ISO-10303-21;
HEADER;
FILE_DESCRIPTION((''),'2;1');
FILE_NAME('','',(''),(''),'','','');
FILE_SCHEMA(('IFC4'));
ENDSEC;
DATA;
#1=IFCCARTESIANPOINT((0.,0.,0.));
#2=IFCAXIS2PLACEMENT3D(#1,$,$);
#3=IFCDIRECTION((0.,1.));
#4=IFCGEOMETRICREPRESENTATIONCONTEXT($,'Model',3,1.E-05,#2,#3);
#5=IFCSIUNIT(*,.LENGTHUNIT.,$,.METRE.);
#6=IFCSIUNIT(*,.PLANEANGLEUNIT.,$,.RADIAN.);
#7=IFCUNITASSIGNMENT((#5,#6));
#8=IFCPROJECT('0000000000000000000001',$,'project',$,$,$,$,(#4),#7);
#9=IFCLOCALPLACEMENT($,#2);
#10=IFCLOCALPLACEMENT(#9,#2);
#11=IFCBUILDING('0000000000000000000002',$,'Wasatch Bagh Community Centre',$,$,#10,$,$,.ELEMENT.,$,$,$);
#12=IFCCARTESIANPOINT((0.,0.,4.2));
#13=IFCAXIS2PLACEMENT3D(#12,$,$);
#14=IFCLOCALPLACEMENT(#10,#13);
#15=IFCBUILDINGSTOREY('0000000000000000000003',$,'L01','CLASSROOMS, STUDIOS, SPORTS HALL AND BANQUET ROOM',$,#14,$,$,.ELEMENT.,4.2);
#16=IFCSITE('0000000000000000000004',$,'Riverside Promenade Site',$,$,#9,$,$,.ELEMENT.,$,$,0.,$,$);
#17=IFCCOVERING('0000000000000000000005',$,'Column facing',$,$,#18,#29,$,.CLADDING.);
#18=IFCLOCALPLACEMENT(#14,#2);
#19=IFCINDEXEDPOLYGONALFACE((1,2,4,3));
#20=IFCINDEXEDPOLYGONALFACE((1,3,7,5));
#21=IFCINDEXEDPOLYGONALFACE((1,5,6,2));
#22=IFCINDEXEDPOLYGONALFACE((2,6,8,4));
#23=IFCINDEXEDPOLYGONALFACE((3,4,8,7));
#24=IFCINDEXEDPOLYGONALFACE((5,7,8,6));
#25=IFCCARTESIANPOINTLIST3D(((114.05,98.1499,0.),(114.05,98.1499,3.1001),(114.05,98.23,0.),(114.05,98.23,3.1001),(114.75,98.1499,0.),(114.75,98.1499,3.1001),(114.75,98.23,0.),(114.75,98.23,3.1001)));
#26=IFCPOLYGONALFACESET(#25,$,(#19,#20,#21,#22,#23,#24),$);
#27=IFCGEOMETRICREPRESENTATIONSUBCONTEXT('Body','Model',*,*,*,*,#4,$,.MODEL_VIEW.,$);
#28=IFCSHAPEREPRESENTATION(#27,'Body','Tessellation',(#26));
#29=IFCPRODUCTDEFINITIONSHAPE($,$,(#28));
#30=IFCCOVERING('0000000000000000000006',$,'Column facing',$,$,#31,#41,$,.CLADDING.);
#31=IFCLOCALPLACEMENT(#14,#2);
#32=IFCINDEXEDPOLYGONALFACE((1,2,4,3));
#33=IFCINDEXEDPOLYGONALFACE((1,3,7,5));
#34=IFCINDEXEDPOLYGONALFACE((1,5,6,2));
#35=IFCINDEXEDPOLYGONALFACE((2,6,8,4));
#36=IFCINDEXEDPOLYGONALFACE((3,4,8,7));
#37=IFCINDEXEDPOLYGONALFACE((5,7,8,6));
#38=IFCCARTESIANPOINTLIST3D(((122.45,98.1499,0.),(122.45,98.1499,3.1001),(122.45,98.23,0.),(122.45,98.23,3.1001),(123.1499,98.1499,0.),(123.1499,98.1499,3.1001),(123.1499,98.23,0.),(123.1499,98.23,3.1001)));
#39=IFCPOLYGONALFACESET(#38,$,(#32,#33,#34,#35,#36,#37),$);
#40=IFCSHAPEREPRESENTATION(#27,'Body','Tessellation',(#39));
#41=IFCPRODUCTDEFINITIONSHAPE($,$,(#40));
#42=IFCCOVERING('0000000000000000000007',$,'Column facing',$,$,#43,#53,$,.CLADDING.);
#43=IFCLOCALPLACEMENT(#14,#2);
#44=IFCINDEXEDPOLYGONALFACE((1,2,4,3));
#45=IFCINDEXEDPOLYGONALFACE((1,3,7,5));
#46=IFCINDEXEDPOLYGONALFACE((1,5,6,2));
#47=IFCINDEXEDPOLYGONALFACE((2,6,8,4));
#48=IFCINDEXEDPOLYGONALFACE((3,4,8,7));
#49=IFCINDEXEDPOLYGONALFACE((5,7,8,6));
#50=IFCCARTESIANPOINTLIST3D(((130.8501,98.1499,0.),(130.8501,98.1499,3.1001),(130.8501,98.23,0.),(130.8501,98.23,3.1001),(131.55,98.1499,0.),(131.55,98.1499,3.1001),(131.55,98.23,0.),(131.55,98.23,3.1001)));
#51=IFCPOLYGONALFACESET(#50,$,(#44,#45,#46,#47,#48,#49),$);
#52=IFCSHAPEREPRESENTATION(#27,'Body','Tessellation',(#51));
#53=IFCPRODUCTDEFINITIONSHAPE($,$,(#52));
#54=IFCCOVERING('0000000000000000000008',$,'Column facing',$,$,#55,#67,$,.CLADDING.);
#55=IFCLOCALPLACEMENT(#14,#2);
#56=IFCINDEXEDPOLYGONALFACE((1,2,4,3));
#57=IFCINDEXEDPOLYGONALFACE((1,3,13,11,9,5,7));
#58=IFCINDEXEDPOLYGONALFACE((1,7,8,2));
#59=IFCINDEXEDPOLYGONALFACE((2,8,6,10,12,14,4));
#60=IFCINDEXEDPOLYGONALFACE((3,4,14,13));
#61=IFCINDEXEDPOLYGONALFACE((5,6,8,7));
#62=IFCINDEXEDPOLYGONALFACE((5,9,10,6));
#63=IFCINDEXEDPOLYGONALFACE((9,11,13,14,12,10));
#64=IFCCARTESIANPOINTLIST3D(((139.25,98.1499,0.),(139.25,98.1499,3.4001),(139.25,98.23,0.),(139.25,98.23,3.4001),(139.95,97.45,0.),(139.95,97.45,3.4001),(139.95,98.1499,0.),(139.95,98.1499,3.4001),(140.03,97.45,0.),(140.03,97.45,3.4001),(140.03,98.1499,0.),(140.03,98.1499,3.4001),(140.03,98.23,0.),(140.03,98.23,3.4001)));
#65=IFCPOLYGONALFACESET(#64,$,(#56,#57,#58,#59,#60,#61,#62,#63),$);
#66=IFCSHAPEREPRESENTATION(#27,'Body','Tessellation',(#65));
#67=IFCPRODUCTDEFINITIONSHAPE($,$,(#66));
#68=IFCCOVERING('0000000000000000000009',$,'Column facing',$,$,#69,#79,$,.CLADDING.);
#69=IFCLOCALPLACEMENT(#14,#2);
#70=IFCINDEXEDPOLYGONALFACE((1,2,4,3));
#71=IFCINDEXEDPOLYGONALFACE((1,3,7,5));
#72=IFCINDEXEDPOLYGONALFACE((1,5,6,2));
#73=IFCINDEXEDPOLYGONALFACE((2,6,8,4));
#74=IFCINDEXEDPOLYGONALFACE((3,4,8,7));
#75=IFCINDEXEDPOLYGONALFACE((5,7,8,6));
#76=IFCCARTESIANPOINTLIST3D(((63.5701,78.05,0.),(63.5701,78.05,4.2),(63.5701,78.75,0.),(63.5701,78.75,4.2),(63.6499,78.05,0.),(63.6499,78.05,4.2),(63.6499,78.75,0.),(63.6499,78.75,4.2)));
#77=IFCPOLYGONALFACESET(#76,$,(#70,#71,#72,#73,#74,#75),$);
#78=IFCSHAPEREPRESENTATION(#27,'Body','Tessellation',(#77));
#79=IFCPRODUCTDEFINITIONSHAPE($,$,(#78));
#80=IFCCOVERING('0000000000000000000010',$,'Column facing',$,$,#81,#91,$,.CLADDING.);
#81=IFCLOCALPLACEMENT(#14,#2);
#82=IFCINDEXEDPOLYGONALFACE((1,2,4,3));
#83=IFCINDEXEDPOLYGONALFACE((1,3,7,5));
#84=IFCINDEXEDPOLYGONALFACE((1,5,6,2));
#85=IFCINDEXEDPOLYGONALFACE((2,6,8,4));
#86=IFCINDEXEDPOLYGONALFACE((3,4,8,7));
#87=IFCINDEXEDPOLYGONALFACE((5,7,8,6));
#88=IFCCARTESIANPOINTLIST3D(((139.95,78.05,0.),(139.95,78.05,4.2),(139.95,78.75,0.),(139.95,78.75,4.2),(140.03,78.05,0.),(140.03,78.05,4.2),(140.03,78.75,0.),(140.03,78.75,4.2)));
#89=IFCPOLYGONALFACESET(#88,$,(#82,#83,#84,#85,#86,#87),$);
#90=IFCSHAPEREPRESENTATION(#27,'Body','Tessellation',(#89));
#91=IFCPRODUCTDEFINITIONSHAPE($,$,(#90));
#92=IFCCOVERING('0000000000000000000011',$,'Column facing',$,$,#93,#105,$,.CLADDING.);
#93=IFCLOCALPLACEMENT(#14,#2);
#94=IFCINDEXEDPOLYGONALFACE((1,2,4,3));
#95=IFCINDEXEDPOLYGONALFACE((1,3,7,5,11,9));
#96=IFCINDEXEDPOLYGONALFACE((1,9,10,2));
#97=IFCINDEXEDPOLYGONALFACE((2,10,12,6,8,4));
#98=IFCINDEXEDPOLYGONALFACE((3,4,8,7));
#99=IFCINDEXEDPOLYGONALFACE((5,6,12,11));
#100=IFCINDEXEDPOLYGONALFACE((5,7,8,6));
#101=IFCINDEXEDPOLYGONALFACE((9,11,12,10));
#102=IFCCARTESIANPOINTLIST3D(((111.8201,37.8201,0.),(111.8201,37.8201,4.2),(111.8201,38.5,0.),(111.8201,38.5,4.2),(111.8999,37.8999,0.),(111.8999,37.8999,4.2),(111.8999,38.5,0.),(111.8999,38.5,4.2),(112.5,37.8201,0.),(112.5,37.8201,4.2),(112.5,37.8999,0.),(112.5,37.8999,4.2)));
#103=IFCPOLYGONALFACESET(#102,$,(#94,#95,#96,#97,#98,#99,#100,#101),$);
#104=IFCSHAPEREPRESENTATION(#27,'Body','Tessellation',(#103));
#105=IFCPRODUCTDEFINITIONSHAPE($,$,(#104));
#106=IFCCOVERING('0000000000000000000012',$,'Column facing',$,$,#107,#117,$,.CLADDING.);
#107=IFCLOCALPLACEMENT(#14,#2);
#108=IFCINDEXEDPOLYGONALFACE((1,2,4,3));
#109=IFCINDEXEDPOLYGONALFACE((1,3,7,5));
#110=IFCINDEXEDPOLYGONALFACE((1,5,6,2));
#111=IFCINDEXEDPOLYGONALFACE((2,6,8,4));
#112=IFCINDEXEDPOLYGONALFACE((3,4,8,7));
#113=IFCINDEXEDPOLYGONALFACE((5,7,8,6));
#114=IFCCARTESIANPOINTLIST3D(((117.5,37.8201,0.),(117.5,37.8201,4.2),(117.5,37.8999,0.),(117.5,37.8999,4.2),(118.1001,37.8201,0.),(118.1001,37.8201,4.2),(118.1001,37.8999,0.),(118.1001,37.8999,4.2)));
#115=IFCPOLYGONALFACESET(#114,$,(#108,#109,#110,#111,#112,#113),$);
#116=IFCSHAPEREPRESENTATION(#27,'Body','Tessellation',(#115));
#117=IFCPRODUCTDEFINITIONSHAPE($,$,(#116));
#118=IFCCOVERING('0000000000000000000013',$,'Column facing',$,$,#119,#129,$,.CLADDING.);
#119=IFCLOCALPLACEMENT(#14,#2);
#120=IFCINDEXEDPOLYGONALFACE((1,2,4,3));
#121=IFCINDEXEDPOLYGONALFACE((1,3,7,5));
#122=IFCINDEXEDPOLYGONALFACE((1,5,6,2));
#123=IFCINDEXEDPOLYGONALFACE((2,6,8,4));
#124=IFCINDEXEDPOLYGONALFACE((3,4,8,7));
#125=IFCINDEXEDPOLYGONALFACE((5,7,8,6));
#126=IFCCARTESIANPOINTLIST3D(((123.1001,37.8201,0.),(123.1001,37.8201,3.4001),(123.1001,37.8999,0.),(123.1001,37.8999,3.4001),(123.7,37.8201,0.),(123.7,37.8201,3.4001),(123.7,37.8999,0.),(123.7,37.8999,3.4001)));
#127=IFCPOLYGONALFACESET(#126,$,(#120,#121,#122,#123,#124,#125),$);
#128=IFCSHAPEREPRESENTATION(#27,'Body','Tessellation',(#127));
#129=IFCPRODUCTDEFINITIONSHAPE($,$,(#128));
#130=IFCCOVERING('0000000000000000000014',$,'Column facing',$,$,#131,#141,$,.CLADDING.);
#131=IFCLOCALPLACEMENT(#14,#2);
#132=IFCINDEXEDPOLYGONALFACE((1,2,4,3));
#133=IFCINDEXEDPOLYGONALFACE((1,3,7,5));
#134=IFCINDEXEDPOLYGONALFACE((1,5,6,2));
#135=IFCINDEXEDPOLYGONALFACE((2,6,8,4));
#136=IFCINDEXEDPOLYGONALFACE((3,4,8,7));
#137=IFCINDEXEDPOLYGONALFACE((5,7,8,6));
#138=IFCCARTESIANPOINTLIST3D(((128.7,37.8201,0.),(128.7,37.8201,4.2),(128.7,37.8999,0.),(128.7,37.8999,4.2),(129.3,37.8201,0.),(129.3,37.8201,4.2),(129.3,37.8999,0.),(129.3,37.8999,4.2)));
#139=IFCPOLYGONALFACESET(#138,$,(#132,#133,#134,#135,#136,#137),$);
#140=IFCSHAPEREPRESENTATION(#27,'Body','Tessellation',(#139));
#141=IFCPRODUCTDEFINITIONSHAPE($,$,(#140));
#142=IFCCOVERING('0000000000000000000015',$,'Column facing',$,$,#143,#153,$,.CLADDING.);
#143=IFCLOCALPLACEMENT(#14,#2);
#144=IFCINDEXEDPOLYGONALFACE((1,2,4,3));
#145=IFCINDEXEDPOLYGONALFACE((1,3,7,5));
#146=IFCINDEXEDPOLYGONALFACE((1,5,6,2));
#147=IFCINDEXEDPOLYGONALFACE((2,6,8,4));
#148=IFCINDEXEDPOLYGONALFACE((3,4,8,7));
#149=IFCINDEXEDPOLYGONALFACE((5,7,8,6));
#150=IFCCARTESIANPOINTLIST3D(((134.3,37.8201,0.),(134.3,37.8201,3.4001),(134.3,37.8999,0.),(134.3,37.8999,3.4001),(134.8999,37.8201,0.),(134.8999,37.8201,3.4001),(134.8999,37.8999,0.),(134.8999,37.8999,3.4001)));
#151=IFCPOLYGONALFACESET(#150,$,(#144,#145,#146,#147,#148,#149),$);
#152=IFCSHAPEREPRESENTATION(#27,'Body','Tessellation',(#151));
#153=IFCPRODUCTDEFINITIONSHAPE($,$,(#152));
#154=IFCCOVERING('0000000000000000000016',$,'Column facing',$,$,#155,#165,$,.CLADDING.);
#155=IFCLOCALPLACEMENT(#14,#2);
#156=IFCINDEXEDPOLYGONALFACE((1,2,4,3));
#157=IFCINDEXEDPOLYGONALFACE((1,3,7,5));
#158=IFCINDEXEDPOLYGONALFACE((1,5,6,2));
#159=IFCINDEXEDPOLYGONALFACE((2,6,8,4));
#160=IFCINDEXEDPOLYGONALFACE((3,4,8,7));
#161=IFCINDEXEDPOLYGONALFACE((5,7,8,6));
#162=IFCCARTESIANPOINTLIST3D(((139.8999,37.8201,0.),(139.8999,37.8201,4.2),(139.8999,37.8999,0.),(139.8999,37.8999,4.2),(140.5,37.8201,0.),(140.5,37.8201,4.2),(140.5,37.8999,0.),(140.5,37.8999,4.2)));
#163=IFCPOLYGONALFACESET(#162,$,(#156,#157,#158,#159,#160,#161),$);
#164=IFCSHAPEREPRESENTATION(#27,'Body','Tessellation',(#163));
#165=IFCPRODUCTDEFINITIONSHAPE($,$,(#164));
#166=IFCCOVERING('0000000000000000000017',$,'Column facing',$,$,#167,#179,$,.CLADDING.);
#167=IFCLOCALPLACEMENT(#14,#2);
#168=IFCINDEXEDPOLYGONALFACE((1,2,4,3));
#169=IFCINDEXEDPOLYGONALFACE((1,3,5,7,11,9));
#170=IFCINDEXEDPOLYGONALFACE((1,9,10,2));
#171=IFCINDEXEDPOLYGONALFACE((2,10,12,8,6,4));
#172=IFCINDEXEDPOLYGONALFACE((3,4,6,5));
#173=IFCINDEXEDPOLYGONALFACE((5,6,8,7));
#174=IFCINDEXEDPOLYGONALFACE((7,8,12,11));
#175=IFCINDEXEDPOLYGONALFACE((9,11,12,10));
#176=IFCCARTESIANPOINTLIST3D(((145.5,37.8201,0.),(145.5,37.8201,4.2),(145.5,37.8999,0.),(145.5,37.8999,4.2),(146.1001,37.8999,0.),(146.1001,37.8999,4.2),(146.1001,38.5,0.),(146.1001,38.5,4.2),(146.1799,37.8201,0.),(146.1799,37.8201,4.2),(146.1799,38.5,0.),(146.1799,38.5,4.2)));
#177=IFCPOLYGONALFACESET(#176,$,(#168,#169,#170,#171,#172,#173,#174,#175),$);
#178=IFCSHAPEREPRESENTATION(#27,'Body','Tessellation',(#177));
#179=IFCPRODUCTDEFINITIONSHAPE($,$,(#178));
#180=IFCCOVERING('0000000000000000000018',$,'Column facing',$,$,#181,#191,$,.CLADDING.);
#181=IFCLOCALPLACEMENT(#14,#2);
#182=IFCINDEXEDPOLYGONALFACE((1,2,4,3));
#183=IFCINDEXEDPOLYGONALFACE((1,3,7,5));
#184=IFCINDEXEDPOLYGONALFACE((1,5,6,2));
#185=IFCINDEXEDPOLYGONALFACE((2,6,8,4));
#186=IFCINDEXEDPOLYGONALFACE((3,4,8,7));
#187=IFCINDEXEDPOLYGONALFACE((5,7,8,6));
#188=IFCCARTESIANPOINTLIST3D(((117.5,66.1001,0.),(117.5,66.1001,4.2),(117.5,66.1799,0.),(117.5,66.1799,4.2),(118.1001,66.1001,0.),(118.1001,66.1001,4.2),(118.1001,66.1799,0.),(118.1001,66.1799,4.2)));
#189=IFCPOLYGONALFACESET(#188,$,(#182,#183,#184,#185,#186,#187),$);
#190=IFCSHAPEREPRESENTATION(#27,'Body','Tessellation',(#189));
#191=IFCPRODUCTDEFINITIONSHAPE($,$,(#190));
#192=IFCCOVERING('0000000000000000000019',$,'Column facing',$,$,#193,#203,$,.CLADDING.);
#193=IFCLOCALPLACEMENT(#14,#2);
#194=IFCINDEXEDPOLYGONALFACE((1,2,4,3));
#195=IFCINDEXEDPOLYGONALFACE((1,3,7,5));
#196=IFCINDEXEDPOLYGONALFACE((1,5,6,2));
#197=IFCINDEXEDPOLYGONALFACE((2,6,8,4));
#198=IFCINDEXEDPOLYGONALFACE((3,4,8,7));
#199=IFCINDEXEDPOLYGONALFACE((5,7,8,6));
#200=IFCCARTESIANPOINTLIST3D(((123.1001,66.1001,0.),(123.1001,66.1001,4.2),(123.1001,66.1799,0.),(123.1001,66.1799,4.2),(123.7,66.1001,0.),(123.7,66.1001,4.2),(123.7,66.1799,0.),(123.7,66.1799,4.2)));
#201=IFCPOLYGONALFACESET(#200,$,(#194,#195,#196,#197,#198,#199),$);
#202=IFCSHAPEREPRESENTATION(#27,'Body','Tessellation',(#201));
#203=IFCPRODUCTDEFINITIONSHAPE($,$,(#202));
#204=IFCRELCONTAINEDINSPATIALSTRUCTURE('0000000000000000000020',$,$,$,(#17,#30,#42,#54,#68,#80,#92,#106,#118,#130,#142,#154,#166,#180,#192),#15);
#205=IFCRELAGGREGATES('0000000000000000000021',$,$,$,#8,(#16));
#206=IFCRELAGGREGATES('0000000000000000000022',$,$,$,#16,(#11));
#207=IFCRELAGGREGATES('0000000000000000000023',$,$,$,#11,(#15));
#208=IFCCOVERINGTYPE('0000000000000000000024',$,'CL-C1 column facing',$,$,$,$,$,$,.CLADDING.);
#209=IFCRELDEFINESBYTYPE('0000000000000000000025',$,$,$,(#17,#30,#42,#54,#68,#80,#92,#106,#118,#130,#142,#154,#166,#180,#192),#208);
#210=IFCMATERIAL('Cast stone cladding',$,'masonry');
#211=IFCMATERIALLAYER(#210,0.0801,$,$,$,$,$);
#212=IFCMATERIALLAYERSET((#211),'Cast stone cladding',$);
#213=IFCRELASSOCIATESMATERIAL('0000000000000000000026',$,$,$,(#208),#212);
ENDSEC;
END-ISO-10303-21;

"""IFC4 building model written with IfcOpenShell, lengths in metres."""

from ifc_helpers import new_model, si_unit, direction, frame, origin, place, context, subcontext, project, spatial, polyline, outline, extrude, material, layer, layer_set, type_object, element, save


model = new_model("IFC4")

# Units and contexts
model_context = context("Model", 3, precision=1e-05, world=origin(), true_north=direction((0.0, 1.0)))
body_context = subcontext(model_context, "Body", "Model", "MODEL_VIEW")
ifc_project = project(units=[si_unit("LENGTHUNIT", "METRE"), si_unit("PLANEANGLEUNIT", "RADIAN")], contexts=[model_context])

# Site, building, storey
site_placement = place(None, origin())
site = spatial("IfcSite", under=ifc_project, at=site_placement, Name="Riverside Promenade Site", CompositionType="ELEMENT", RefElevation=0.0)
building_placement = place(site_placement, origin())
building = spatial("IfcBuilding", under=site, at=building_placement, Name="Wasatch Bagh Community Centre", CompositionType="ELEMENT")
storey_placement = place(building_placement, frame((0.0, 0.0, 4.2)))
storey = spatial("IfcBuildingStorey", under=building, at=storey_placement, Name="L01", Description="CLASSROOMS, STUDIOS, SPORTS HALL AND BANQUET ROOM", CompositionType="ELEMENT", Elevation=4.2)

# Coverings
ifc_material = material(Name="Cast stone cladding", Category="masonry")
ifc_layer = layer(ifc_material, 0.0801)
ifc_layer_set = layer_set([ifc_layer], Name="Cast stone cladding")
covering_type = type_object("IfcCoveringType", Name="CL-C1 column facing", PredefinedType="CLADDING", material=ifc_layer_set)
covering_1_placement = place(storey_placement, origin())
element("IfcCovering", 1, at=covering_1_placement, inside=storey, type_object=covering_type, Name="Column facing", PredefinedType="CLADDING", context=body_context, shape_type="SweptSolid", body=[
    extrude(outline(polyline([(114.75, 98.1499), (114.05, 98.1499), (114.05, 98.23), (114.75, 98.23), (114.75, 98.1499)])), origin(), (0.0, 0.0, 1.0), 3.1001),
])
covering_2_placement = place(storey_placement, origin())
element("IfcCovering", 2, at=covering_2_placement, inside=storey, type_object=covering_type, Name="Column facing", PredefinedType="CLADDING", context=body_context, shape_type="SweptSolid", body=[
    extrude(outline(polyline([(123.1499, 98.1499), (122.45, 98.1499), (122.45, 98.23), (123.1499, 98.23), (123.1499, 98.1499)])), origin(), (0.0, 0.0, 1.0), 3.1001),
])
covering_3_placement = place(storey_placement, origin())
element("IfcCovering", 3, at=covering_3_placement, inside=storey, type_object=covering_type, Name="Column facing", PredefinedType="CLADDING", context=body_context, shape_type="SweptSolid", body=[
    extrude(outline(polyline([(131.55, 98.1499), (130.8501, 98.1499), (130.8501, 98.23), (131.55, 98.23), (131.55, 98.1499)])), origin(), (0.0, 0.0, 1.0), 3.1001),
])
covering_4_placement = place(storey_placement, origin())
element("IfcCovering", 4, at=covering_4_placement, inside=storey, type_object=covering_type, Name="Column facing", PredefinedType="CLADDING", context=body_context, shape_type="SweptSolid", body=[
    extrude(outline(polyline([(139.95, 98.1499), (139.25, 98.1499), (139.25, 98.23), (140.03, 98.23), (140.03, 98.1499), (140.03, 97.45), (139.95, 97.45), (139.95, 98.1499)])), origin(), (0.0, 0.0, 1.0), 3.4001),
])
covering_5_placement = place(storey_placement, origin())
element("IfcCovering", 5, at=covering_5_placement, inside=storey, type_object=covering_type, Name="Column facing", PredefinedType="CLADDING", context=body_context, shape_type="SweptSolid", body=[
    extrude(outline(polyline([(63.6499, 78.75), (63.6499, 78.05), (63.5701, 78.05), (63.5701, 78.75), (63.6499, 78.75)])), origin(), (0.0, 0.0, 1.0), 4.2),
])
covering_6_placement = place(storey_placement, origin())
element("IfcCovering", 6, at=covering_6_placement, inside=storey, type_object=covering_type, Name="Column facing", PredefinedType="CLADDING", context=body_context, shape_type="SweptSolid", body=[
    extrude(outline(polyline([(139.95, 78.05), (139.95, 78.75), (140.03, 78.75), (140.03, 78.05), (139.95, 78.05)])), origin(), (0.0, 0.0, 1.0), 4.2),
])
covering_7_placement = place(storey_placement, origin())
element("IfcCovering", 7, at=covering_7_placement, inside=storey, type_object=covering_type, Name="Column facing", PredefinedType="CLADDING", context=body_context, shape_type="SweptSolid", body=[
    extrude(outline(polyline([(111.8201, 37.8201), (111.8201, 38.5), (111.8999, 38.5), (111.8999, 37.8999), (112.5, 37.8999), (112.5, 37.8201), (111.8201, 37.8201)])), origin(), (0.0, 0.0, 1.0), 4.2),
])
covering_8_placement = place(storey_placement, origin())
element("IfcCovering", 8, at=covering_8_placement, inside=storey, type_object=covering_type, Name="Column facing", PredefinedType="CLADDING", context=body_context, shape_type="SweptSolid", body=[
    extrude(outline(polyline([(117.5, 37.8999), (118.1001, 37.8999), (118.1001, 37.8201), (117.5, 37.8201), (117.5, 37.8999)])), origin(), (0.0, 0.0, 1.0), 4.2),
])
covering_9_placement = place(storey_placement, origin())
element("IfcCovering", 9, at=covering_9_placement, inside=storey, type_object=covering_type, Name="Column facing", PredefinedType="CLADDING", context=body_context, shape_type="SweptSolid", body=[
    extrude(outline(polyline([(123.1001, 37.8999), (123.7, 37.8999), (123.7, 37.8201), (123.1001, 37.8201), (123.1001, 37.8999)])), origin(), (0.0, 0.0, 1.0), 3.4001),
])
covering_10_placement = place(storey_placement, origin())
element("IfcCovering", 10, at=covering_10_placement, inside=storey, type_object=covering_type, Name="Column facing", PredefinedType="CLADDING", context=body_context, shape_type="SweptSolid", body=[
    extrude(outline(polyline([(128.7, 37.8999), (129.3, 37.8999), (129.3, 37.8201), (128.7, 37.8201), (128.7, 37.8999)])), origin(), (0.0, 0.0, 1.0), 4.2),
])
covering_11_placement = place(storey_placement, origin())
element("IfcCovering", 11, at=covering_11_placement, inside=storey, type_object=covering_type, Name="Column facing", PredefinedType="CLADDING", context=body_context, shape_type="SweptSolid", body=[
    extrude(outline(polyline([(134.3, 37.8999), (134.8999, 37.8999), (134.8999, 37.8201), (134.3, 37.8201), (134.3, 37.8999)])), origin(), (0.0, 0.0, 1.0), 3.4001),
])
covering_12_placement = place(storey_placement, origin())
element("IfcCovering", 12, at=covering_12_placement, inside=storey, type_object=covering_type, Name="Column facing", PredefinedType="CLADDING", context=body_context, shape_type="SweptSolid", body=[
    extrude(outline(polyline([(139.8999, 37.8999), (140.5, 37.8999), (140.5, 37.8201), (139.8999, 37.8201), (139.8999, 37.8999)])), origin(), (0.0, 0.0, 1.0), 4.2),
])
covering_13_placement = place(storey_placement, origin())
element("IfcCovering", 13, at=covering_13_placement, inside=storey, type_object=covering_type, Name="Column facing", PredefinedType="CLADDING", context=body_context, shape_type="SweptSolid", body=[
    extrude(outline(polyline([(146.1001, 37.8999), (146.1001, 38.5), (146.1799, 38.5), (146.1799, 37.8201), (145.5, 37.8201), (145.5, 37.8999), (146.1001, 37.8999)])), origin(), (0.0, 0.0, 1.0), 4.2),
])
covering_14_placement = place(storey_placement, origin())
element("IfcCovering", 14, at=covering_14_placement, inside=storey, type_object=covering_type, Name="Column facing", PredefinedType="CLADDING", context=body_context, shape_type="SweptSolid", body=[
    extrude(outline(polyline([(118.1001, 66.1001), (117.5, 66.1001), (117.5, 66.1799), (118.1001, 66.1799), (118.1001, 66.1001)])), origin(), (0.0, 0.0, 1.0), 4.2),
])
covering_15_placement = place(storey_placement, origin())
element("IfcCovering", 15, at=covering_15_placement, inside=storey, type_object=covering_type, Name="Column facing", PredefinedType="CLADDING", context=body_context, shape_type="SweptSolid", body=[
    extrude(outline(polyline([(123.7, 66.1001), (123.1001, 66.1001), (123.1001, 66.1799), (123.7, 66.1799), (123.7, 66.1001)])), origin(), (0.0, 0.0, 1.0), 4.2),
])

save(model, "model.ifc")
